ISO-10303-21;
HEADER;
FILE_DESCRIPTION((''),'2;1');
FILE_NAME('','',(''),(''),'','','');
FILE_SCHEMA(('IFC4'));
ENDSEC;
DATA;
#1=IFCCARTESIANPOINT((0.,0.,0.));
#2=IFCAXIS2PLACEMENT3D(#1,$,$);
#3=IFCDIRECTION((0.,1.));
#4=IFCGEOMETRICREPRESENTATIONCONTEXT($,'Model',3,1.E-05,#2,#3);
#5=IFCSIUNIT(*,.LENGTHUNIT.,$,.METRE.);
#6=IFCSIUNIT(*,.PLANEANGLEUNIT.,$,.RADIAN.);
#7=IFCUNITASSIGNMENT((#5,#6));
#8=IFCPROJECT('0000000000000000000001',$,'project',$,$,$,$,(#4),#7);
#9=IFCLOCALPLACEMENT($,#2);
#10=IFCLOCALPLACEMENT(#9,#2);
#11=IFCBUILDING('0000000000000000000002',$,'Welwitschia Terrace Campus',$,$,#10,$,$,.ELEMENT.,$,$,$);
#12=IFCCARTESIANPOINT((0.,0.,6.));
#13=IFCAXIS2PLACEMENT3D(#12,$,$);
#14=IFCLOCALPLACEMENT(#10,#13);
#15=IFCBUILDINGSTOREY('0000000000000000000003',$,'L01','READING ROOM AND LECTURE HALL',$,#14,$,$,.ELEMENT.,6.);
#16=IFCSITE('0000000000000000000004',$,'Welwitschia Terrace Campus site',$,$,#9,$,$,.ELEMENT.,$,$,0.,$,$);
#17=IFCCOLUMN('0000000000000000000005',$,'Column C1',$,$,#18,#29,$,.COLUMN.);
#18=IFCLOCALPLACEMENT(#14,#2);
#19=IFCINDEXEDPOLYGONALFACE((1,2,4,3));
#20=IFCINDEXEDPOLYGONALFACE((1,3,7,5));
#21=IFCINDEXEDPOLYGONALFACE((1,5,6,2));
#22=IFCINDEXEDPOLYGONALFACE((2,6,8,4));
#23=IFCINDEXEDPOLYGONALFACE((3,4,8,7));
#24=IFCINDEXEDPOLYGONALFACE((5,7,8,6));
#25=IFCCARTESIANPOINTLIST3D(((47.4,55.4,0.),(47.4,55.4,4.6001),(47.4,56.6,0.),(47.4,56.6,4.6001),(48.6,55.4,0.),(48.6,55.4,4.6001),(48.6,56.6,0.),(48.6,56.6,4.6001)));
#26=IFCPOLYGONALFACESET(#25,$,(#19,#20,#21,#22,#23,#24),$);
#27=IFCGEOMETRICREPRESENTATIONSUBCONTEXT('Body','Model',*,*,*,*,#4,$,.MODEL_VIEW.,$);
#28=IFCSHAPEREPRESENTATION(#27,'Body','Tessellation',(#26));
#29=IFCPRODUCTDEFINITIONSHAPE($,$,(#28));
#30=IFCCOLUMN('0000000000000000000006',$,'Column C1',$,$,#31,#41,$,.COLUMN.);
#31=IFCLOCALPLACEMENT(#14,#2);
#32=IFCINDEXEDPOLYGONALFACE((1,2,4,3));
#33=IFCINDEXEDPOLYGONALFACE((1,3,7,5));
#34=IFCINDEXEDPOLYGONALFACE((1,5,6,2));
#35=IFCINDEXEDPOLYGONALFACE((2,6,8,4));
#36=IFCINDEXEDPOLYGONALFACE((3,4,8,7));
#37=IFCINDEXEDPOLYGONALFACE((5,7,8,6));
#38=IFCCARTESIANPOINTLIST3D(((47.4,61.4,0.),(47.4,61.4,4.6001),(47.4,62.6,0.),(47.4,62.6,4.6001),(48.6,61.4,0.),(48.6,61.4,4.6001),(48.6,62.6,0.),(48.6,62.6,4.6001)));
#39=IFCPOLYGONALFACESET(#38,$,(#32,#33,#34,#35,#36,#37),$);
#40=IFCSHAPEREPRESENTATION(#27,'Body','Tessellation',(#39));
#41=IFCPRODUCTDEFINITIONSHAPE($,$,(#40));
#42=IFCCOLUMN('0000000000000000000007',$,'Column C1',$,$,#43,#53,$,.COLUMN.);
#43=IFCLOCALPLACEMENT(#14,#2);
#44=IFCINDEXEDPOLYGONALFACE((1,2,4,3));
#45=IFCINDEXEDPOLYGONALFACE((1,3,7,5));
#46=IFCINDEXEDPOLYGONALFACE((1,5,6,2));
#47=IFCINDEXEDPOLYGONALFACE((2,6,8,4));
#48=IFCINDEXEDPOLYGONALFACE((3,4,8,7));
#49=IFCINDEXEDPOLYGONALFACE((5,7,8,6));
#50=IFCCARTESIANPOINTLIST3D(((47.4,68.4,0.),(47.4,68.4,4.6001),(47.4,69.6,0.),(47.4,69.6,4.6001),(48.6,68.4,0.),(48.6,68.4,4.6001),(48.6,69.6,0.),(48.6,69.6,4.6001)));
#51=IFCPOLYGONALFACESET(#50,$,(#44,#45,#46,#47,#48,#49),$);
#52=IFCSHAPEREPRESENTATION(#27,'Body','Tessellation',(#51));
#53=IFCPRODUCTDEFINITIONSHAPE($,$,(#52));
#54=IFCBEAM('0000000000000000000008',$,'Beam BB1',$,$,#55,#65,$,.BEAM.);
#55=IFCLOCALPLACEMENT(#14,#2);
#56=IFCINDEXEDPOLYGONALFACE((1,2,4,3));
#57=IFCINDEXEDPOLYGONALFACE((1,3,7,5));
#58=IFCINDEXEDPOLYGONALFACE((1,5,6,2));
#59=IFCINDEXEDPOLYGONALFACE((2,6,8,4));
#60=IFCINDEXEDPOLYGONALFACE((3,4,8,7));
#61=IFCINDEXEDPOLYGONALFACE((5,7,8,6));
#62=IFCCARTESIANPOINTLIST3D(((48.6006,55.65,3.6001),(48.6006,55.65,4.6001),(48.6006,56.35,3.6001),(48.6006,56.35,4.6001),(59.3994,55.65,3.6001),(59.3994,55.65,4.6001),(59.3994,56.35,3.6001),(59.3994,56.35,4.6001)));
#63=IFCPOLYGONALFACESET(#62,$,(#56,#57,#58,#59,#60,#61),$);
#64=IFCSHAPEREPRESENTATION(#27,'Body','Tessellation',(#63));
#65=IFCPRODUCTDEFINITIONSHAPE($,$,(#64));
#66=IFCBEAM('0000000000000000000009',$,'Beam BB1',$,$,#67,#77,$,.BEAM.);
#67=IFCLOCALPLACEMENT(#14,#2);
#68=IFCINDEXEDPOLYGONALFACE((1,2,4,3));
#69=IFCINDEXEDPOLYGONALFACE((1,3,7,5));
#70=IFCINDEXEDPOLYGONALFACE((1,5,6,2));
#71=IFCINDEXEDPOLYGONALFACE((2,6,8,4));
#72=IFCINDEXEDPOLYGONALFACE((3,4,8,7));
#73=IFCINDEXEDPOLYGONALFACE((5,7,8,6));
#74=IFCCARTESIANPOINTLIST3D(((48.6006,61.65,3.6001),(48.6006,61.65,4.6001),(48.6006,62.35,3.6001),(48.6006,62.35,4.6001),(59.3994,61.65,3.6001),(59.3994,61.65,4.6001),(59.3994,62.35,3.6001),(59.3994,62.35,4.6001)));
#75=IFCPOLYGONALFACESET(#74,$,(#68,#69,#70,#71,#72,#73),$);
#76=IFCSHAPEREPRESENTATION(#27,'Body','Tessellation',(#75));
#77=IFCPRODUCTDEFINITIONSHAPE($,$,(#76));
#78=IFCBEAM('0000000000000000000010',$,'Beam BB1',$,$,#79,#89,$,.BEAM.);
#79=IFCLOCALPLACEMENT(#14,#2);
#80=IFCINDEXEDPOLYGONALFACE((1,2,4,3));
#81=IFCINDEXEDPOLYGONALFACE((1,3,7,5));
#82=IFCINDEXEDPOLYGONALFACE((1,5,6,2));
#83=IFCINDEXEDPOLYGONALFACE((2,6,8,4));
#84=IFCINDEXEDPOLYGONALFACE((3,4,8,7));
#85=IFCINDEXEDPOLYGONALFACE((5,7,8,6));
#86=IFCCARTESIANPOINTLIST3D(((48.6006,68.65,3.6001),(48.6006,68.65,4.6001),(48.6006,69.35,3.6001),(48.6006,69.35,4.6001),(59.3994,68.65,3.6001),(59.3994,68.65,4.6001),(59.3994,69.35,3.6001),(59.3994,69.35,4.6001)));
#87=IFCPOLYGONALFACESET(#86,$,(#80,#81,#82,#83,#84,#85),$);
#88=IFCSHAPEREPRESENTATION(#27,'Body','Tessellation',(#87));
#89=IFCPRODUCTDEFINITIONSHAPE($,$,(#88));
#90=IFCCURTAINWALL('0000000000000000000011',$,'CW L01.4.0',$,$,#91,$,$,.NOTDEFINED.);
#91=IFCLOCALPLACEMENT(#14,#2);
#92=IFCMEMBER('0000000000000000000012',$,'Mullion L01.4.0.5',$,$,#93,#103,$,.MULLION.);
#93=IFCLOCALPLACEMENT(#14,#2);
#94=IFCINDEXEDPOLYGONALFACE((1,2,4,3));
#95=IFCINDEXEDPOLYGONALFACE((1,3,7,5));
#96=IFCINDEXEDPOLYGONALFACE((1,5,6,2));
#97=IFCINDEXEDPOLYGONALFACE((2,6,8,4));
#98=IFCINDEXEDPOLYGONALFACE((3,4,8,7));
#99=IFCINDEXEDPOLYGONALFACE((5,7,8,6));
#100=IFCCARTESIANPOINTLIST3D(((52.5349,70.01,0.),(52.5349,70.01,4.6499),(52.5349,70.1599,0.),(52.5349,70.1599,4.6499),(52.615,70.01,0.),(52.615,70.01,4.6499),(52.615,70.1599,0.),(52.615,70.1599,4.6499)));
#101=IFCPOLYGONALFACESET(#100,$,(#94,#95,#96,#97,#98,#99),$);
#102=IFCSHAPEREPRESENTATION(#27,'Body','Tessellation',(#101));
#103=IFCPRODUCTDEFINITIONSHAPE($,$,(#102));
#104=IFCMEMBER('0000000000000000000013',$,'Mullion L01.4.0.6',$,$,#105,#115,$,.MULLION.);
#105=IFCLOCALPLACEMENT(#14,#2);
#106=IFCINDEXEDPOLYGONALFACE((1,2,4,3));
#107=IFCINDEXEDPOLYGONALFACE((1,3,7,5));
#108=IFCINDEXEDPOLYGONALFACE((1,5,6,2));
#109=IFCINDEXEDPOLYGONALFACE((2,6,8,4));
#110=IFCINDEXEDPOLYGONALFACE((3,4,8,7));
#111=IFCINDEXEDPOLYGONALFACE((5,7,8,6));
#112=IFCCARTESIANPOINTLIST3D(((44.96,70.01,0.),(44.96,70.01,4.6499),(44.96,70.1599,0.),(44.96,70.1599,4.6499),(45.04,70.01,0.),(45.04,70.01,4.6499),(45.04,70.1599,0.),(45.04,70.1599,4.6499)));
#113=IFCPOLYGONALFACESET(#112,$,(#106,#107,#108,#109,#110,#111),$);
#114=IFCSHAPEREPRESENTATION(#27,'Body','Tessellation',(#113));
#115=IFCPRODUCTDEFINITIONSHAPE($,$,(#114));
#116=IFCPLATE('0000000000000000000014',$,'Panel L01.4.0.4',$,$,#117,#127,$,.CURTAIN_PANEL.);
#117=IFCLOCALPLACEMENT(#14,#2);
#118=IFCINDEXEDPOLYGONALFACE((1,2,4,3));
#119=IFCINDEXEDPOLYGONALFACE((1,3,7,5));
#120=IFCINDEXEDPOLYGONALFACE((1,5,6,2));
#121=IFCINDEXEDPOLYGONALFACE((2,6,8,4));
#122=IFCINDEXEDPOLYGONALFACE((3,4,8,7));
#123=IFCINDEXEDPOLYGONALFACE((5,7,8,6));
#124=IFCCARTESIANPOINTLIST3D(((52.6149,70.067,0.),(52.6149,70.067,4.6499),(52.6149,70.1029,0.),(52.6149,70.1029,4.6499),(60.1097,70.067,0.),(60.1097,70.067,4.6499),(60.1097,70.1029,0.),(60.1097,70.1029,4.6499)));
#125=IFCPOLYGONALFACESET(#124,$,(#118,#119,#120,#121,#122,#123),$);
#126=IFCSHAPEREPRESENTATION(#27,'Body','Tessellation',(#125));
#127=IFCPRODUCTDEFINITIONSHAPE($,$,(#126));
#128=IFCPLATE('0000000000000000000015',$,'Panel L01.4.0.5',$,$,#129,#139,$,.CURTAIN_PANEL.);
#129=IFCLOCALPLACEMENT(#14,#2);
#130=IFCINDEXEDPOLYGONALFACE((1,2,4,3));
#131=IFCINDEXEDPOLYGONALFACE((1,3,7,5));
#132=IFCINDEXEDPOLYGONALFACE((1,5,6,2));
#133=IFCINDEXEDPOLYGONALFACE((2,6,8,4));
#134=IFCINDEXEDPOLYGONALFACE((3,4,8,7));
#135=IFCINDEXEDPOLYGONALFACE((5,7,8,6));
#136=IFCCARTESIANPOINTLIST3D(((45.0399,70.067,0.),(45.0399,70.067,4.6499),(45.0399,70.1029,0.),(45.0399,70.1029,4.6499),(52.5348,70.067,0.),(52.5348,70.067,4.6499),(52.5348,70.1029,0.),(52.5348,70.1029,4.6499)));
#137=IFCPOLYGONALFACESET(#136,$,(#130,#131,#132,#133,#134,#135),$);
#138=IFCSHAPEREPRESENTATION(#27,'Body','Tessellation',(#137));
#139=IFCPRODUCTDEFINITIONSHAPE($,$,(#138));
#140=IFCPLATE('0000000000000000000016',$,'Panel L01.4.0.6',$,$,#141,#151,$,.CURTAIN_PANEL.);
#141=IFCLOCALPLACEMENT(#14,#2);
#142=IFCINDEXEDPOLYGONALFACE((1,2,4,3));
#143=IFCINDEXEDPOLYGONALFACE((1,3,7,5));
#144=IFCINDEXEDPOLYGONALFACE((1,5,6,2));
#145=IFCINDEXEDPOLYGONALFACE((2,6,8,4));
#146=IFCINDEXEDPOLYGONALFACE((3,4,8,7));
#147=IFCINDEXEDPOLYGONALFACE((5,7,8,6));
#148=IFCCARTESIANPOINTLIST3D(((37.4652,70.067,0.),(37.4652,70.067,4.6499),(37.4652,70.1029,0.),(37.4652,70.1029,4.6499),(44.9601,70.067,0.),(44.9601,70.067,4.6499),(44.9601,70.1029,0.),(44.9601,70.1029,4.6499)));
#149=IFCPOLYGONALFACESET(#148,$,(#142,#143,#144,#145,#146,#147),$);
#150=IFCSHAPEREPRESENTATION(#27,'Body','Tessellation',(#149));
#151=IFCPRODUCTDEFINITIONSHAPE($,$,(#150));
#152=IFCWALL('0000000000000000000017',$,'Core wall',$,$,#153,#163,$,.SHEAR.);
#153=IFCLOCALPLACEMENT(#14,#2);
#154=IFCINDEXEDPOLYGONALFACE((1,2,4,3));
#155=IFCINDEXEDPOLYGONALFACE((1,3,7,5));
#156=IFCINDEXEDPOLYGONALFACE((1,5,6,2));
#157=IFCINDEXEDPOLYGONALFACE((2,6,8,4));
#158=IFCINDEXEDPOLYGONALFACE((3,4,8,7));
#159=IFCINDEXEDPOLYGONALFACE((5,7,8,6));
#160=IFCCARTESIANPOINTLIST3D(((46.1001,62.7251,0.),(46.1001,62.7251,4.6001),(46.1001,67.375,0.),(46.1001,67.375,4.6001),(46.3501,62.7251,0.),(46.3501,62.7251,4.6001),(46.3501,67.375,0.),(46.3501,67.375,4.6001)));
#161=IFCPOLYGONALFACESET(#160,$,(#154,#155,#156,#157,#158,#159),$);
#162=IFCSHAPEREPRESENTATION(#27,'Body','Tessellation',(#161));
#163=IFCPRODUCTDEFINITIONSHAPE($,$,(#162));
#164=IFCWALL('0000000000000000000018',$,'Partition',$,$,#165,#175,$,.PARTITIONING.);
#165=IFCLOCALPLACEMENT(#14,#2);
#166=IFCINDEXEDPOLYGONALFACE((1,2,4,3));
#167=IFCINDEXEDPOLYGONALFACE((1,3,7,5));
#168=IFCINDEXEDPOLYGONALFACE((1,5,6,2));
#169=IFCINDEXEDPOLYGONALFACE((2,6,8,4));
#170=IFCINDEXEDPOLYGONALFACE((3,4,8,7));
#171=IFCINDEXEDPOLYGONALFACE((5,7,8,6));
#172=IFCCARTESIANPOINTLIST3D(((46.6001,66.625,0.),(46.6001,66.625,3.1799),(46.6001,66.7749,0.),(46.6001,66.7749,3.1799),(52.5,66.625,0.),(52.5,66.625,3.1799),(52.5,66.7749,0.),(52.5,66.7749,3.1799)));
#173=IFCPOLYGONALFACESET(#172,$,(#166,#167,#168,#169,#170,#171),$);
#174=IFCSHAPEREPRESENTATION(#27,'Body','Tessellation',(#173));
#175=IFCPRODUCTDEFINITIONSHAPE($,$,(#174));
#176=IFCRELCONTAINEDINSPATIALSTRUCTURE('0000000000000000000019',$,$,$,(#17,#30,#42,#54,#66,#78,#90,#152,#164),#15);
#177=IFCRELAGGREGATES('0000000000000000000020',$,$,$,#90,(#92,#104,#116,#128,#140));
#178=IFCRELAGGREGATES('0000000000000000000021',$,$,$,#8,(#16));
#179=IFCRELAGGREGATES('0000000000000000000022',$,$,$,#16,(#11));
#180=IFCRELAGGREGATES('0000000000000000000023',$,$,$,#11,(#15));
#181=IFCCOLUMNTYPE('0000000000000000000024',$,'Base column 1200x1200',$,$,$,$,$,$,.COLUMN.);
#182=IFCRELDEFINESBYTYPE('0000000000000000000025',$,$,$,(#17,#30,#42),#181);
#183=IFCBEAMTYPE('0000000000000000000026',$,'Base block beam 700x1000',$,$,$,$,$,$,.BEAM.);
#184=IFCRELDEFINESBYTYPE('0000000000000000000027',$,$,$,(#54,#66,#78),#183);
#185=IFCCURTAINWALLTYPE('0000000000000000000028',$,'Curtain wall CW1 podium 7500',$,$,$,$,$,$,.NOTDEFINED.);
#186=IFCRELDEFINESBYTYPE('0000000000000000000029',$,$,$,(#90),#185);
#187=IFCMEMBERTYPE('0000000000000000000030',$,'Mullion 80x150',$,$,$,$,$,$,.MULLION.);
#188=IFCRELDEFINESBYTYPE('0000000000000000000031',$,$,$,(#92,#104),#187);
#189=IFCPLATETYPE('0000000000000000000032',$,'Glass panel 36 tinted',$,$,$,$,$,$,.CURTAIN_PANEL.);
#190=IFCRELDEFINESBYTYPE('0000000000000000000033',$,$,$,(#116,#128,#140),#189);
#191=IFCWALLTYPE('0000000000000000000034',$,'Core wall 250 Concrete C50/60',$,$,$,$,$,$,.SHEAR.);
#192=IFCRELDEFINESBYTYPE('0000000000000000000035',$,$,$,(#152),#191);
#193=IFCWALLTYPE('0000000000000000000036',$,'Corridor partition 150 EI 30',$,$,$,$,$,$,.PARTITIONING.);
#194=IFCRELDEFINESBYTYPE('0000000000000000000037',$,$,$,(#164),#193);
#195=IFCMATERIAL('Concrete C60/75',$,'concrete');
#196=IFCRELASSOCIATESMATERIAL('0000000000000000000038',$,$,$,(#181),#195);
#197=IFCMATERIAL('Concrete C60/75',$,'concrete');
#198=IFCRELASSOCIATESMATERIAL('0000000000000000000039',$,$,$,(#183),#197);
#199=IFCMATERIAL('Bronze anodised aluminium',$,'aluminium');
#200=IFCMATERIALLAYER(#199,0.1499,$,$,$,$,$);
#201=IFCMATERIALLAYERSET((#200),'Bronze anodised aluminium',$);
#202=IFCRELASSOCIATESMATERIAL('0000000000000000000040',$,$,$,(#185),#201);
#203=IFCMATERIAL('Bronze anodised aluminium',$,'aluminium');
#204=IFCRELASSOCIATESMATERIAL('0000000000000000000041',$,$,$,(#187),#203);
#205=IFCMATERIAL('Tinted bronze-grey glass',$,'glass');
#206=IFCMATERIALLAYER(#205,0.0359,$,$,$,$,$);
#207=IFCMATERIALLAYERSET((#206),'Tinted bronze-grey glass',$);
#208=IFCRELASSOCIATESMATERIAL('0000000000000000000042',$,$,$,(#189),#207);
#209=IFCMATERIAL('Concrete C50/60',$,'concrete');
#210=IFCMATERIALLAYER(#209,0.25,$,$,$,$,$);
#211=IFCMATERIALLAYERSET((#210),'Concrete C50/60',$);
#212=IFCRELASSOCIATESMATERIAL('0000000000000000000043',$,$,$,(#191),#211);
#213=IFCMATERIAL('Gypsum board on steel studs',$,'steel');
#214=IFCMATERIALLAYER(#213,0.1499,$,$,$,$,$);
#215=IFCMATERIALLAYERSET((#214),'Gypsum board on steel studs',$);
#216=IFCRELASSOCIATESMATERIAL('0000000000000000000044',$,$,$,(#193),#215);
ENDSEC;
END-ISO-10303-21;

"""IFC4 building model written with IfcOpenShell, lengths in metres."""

from ifc_helpers import new_model, si_unit, direction, frame, frame_2d, origin, origin_2d, place, context, subcontext, project, spatial, rectangle, extrude, material, layer, layer_set, material_profile, profile_set, type_object, element, aggregate, save


model = new_model("IFC4")

# Units and contexts
model_context = context("Model", 3, precision=1e-05, world=origin(), true_north=direction((0.0, 1.0)))
body_context = subcontext(model_context, "Body", "Model", "MODEL_VIEW")
ifc_project = project(units=[si_unit("LENGTHUNIT", "METRE"), si_unit("PLANEANGLEUNIT", "RADIAN")], contexts=[model_context])

# Site, building, storey
site_placement = place(None, origin())
site = spatial("IfcSite", under=ifc_project, at=site_placement, Name="Welwitschia Terrace Campus site", CompositionType="ELEMENT", RefElevation=0.0)
building_placement = place(site_placement, origin())
building = spatial("IfcBuilding", under=site, at=building_placement, Name="Welwitschia Terrace Campus", CompositionType="ELEMENT")
storey_placement = place(building_placement, frame((0.0, 0.0, 6.0)))
storey = spatial("IfcBuildingStorey", under=building, at=storey_placement, Name="L01", Description="READING ROOM AND LECTURE HALL", CompositionType="ELEMENT", Elevation=6.0)

# Columns
ifc_material_1 = material(Name="Concrete C60/75", Category="concrete")
ifc_material_profile_1 = material_profile(ifc_material_1, rectangle(XDim=1.2, YDim=1.2, at=origin_2d()))
ifc_profile_set_1 = profile_set([ifc_material_profile_1], Name="Concrete C60/75")
column_type = type_object("IfcColumnType", Name="Base column 1200x1200", PredefinedType="COLUMN", material=ifc_profile_set_1)
for number, where, z_axis, x_axis, name in (
    (1, (48.0, 56.0, 0.0), (0.0, 0.0, 1.0), (1.0, 0.0, 0.0), "Column C1"),
    (2, (48.0, 62.0, 0.0), (0.0, 0.0, 1.0), (1.0, 0.0, 0.0), "Column C1"),
    (3, (48.0, 69.0, 0.0), (0.0, 0.0, 1.0), (1.0, 0.0, 0.0), "Column C1"),
):
    element("IfcColumn", number, at=place(storey_placement, frame(where, z_axis=z_axis, x_axis=x_axis)), inside=storey, type_object=column_type, Name=name, PredefinedType="COLUMN", context=body_context, shape_type="SweptSolid", body=[
        extrude(rectangle(XDim=1.2, YDim=1.2, at=origin_2d()), origin(), (0.0, 0.0, 1.0), 4.6001),
    ])

# Beams
ifc_material_2 = material(Name="Concrete C60/75", Category="concrete")
ifc_material_profile_2 = material_profile(ifc_material_2, rectangle(XDim=0.7, YDim=1.0, at=origin_2d()))
ifc_profile_set_2 = profile_set([ifc_material_profile_2], Name="Concrete C60/75")
beam_type = type_object("IfcBeamType", Name="Base block beam 700x1000", PredefinedType="BEAM", material=ifc_profile_set_2)
for number, where, z_axis, x_axis, name in (
    (4, (48.6006, 56.0, 4.1001), (1.0, 0.0, 0.0), (0.0, 1.0, 0.0), "Beam BB1"),
    (5, (48.6006, 62.0, 4.1001), (1.0, 0.0, 0.0), (0.0, 1.0, 0.0), "Beam BB1"),
    (6, (48.6006, 69.0, 4.1001), (1.0, 0.0, 0.0), (0.0, 1.0, 0.0), "Beam BB1"),
):
    element("IfcBeam", number, at=place(storey_placement, frame(where, z_axis=z_axis, x_axis=x_axis)), inside=storey, type_object=beam_type, Name=name, PredefinedType="BEAM", context=body_context, shape_type="SweptSolid", body=[
        extrude(rectangle(XDim=0.7, YDim=1.0, at=origin_2d()), origin(), (0.0, 0.0, 1.0), 10.7988),
    ])

# Curtain wall, members, plates
ifc_material_3 = material(Name="Bronze anodised aluminium", Category="aluminium")
ifc_layer_1 = layer(ifc_material_3, 0.1499)
ifc_layer_set_1 = layer_set([ifc_layer_1], Name="Bronze anodised aluminium")
curtain_wall_type = type_object("IfcCurtainWallType", Name="Curtain wall CW1 podium 7500", PredefinedType="NOTDEFINED", material=ifc_layer_set_1)
curtain_wall_placement = place(storey_placement, origin())
curtain_wall = element("IfcCurtainWall", 7, at=curtain_wall_placement, inside=storey, type_object=curtain_wall_type, Name="CW L01.4.0", PredefinedType="NOTDEFINED")
ifc_material_4 = material(Name="Bronze anodised aluminium", Category="aluminium")
ifc_material_profile_3 = material_profile(ifc_material_4, rectangle(XDim=0.1499, YDim=0.0801, at=origin_2d()))
ifc_profile_set_3 = profile_set([ifc_material_profile_3], Name="Bronze anodised aluminium")
member_type = type_object("IfcMemberType", Name="Mullion 80x150", PredefinedType="MULLION", material=ifc_profile_set_3)
member_1_placement = place(storey_placement, frame((52.575, 70.085, 0.0), z_axis=(0.0, 0.0, 1.0), x_axis=(0.0, -1.0, 0.0)))
member_1 = element("IfcMember", 8, at=member_1_placement, type_object=member_type, Name="Mullion L01.4.0.5", PredefinedType="MULLION", context=body_context, shape_type="SweptSolid", body=[
    extrude(rectangle(XDim=0.1499, YDim=0.0801, at=origin_2d()), origin(), (0.0, 0.0, 1.0), 4.6499),
])
member_2_placement = place(storey_placement, frame((45.0, 70.085, 0.0), z_axis=(0.0, 0.0, 1.0), x_axis=(0.0, -1.0, 0.0)))
member_2 = element("IfcMember", 9, at=member_2_placement, type_object=member_type, Name="Mullion L01.4.0.6", PredefinedType="MULLION", context=body_context, shape_type="SweptSolid", body=[
    extrude(rectangle(XDim=0.1499, YDim=0.0801, at=origin_2d()), origin(), (0.0, 0.0, 1.0), 4.6499),
])
ifc_material_5 = material(Name="Tinted bronze-grey glass", Category="glass")
ifc_layer_2 = layer(ifc_material_5, 0.0359)
ifc_layer_set_2 = layer_set([ifc_layer_2], Name="Tinted bronze-grey glass")
plate_type = type_object("IfcPlateType", Name="Glass panel 36 tinted", PredefinedType="CURTAIN_PANEL", material=ifc_layer_set_2)
plate_1_placement = place(storey_placement, frame((56.3623, 70.085, 0.0), z_axis=(0.0, 0.0, 1.0), x_axis=(-1.0, 0.0, 0.0)))
plate_1 = element("IfcPlate", 10, at=plate_1_placement, type_object=plate_type, Name="Panel L01.4.0.4", PredefinedType="CURTAIN_PANEL", context=body_context, shape_type="SweptSolid", body=[
    extrude(rectangle(XDim=7.4949, YDim=0.0359, at=origin_2d()), origin(), (0.0, 0.0, 1.0), 4.6499),
])
plate_2_placement = place(storey_placement, frame((48.7874, 70.085, 0.0), z_axis=(0.0, 0.0, 1.0), x_axis=(-1.0, 0.0, 0.0)))
plate_2 = element("IfcPlate", 11, at=plate_2_placement, type_object=plate_type, Name="Panel L01.4.0.5", PredefinedType="CURTAIN_PANEL", context=body_context, shape_type="SweptSolid", body=[
    extrude(rectangle(XDim=7.4949, YDim=0.0359, at=origin_2d()), origin(), (0.0, 0.0, 1.0), 4.6499),
])
plate_3_placement = place(storey_placement, frame((41.2126, 70.085, 0.0), z_axis=(0.0, 0.0, 1.0), x_axis=(-1.0, 0.0, 0.0)))
plate_3 = element("IfcPlate", 12, at=plate_3_placement, type_object=plate_type, Name="Panel L01.4.0.6", PredefinedType="CURTAIN_PANEL", context=body_context, shape_type="SweptSolid", body=[
    extrude(rectangle(XDim=7.4949, YDim=0.0359, at=origin_2d()), origin(), (0.0, 0.0, 1.0), 4.6499),
])
aggregate(curtain_wall, [member_1, member_2, plate_1, plate_2, plate_3])

# Walls
ifc_material_6 = material(Name="Concrete C50/60", Category="concrete")
ifc_layer_3 = layer(ifc_material_6, 0.25)
ifc_layer_set_3 = layer_set([ifc_layer_3], Name="Concrete C50/60")
wall_type_1 = type_object("IfcWallType", Name="Core wall 250 Concrete C50/60", PredefinedType="SHEAR", material=ifc_layer_set_3)
wall_1_placement = place(storey_placement, frame((46.2251, 62.7251, 0.0), z_axis=(0.0, 0.0, 1.0), x_axis=(0.0, 1.0, 0.0)))
element("IfcWall", 13, at=wall_1_placement, inside=storey, type_object=wall_type_1, Name="Core wall", PredefinedType="SHEAR", context=body_context, shape_type="SweptSolid", body=[
    extrude(rectangle(XDim=4.6499, YDim=0.25, at=frame_2d((2.325, 0.0))), origin(), (0.0, 0.0, 1.0), 4.6001),
])
ifc_material_7 = material(Name="Gypsum board on steel studs", Category="steel")
ifc_layer_4 = layer(ifc_material_7, 0.1499)
ifc_layer_set_4 = layer_set([ifc_layer_4], Name="Gypsum board on steel studs")
wall_type_2 = type_object("IfcWallType", Name="Corridor partition 150 EI 30", PredefinedType="PARTITIONING", material=ifc_layer_set_4)
wall_2_placement = place(storey_placement, frame((46.6001, 66.7, 0.0), z_axis=(0.0, 0.0, 1.0), x_axis=(1.0, 0.0, 0.0)))
element("IfcWall", 14, at=wall_2_placement, inside=storey, type_object=wall_type_2, Name="Partition", PredefinedType="PARTITIONING", context=body_context, shape_type="SweptSolid", body=[
    extrude(rectangle(XDim=5.8999, YDim=0.1499, at=frame_2d((2.95, 0.0))), origin(), (0.0, 0.0, 1.0), 3.1799),
])

save(model, "model.ifc")
